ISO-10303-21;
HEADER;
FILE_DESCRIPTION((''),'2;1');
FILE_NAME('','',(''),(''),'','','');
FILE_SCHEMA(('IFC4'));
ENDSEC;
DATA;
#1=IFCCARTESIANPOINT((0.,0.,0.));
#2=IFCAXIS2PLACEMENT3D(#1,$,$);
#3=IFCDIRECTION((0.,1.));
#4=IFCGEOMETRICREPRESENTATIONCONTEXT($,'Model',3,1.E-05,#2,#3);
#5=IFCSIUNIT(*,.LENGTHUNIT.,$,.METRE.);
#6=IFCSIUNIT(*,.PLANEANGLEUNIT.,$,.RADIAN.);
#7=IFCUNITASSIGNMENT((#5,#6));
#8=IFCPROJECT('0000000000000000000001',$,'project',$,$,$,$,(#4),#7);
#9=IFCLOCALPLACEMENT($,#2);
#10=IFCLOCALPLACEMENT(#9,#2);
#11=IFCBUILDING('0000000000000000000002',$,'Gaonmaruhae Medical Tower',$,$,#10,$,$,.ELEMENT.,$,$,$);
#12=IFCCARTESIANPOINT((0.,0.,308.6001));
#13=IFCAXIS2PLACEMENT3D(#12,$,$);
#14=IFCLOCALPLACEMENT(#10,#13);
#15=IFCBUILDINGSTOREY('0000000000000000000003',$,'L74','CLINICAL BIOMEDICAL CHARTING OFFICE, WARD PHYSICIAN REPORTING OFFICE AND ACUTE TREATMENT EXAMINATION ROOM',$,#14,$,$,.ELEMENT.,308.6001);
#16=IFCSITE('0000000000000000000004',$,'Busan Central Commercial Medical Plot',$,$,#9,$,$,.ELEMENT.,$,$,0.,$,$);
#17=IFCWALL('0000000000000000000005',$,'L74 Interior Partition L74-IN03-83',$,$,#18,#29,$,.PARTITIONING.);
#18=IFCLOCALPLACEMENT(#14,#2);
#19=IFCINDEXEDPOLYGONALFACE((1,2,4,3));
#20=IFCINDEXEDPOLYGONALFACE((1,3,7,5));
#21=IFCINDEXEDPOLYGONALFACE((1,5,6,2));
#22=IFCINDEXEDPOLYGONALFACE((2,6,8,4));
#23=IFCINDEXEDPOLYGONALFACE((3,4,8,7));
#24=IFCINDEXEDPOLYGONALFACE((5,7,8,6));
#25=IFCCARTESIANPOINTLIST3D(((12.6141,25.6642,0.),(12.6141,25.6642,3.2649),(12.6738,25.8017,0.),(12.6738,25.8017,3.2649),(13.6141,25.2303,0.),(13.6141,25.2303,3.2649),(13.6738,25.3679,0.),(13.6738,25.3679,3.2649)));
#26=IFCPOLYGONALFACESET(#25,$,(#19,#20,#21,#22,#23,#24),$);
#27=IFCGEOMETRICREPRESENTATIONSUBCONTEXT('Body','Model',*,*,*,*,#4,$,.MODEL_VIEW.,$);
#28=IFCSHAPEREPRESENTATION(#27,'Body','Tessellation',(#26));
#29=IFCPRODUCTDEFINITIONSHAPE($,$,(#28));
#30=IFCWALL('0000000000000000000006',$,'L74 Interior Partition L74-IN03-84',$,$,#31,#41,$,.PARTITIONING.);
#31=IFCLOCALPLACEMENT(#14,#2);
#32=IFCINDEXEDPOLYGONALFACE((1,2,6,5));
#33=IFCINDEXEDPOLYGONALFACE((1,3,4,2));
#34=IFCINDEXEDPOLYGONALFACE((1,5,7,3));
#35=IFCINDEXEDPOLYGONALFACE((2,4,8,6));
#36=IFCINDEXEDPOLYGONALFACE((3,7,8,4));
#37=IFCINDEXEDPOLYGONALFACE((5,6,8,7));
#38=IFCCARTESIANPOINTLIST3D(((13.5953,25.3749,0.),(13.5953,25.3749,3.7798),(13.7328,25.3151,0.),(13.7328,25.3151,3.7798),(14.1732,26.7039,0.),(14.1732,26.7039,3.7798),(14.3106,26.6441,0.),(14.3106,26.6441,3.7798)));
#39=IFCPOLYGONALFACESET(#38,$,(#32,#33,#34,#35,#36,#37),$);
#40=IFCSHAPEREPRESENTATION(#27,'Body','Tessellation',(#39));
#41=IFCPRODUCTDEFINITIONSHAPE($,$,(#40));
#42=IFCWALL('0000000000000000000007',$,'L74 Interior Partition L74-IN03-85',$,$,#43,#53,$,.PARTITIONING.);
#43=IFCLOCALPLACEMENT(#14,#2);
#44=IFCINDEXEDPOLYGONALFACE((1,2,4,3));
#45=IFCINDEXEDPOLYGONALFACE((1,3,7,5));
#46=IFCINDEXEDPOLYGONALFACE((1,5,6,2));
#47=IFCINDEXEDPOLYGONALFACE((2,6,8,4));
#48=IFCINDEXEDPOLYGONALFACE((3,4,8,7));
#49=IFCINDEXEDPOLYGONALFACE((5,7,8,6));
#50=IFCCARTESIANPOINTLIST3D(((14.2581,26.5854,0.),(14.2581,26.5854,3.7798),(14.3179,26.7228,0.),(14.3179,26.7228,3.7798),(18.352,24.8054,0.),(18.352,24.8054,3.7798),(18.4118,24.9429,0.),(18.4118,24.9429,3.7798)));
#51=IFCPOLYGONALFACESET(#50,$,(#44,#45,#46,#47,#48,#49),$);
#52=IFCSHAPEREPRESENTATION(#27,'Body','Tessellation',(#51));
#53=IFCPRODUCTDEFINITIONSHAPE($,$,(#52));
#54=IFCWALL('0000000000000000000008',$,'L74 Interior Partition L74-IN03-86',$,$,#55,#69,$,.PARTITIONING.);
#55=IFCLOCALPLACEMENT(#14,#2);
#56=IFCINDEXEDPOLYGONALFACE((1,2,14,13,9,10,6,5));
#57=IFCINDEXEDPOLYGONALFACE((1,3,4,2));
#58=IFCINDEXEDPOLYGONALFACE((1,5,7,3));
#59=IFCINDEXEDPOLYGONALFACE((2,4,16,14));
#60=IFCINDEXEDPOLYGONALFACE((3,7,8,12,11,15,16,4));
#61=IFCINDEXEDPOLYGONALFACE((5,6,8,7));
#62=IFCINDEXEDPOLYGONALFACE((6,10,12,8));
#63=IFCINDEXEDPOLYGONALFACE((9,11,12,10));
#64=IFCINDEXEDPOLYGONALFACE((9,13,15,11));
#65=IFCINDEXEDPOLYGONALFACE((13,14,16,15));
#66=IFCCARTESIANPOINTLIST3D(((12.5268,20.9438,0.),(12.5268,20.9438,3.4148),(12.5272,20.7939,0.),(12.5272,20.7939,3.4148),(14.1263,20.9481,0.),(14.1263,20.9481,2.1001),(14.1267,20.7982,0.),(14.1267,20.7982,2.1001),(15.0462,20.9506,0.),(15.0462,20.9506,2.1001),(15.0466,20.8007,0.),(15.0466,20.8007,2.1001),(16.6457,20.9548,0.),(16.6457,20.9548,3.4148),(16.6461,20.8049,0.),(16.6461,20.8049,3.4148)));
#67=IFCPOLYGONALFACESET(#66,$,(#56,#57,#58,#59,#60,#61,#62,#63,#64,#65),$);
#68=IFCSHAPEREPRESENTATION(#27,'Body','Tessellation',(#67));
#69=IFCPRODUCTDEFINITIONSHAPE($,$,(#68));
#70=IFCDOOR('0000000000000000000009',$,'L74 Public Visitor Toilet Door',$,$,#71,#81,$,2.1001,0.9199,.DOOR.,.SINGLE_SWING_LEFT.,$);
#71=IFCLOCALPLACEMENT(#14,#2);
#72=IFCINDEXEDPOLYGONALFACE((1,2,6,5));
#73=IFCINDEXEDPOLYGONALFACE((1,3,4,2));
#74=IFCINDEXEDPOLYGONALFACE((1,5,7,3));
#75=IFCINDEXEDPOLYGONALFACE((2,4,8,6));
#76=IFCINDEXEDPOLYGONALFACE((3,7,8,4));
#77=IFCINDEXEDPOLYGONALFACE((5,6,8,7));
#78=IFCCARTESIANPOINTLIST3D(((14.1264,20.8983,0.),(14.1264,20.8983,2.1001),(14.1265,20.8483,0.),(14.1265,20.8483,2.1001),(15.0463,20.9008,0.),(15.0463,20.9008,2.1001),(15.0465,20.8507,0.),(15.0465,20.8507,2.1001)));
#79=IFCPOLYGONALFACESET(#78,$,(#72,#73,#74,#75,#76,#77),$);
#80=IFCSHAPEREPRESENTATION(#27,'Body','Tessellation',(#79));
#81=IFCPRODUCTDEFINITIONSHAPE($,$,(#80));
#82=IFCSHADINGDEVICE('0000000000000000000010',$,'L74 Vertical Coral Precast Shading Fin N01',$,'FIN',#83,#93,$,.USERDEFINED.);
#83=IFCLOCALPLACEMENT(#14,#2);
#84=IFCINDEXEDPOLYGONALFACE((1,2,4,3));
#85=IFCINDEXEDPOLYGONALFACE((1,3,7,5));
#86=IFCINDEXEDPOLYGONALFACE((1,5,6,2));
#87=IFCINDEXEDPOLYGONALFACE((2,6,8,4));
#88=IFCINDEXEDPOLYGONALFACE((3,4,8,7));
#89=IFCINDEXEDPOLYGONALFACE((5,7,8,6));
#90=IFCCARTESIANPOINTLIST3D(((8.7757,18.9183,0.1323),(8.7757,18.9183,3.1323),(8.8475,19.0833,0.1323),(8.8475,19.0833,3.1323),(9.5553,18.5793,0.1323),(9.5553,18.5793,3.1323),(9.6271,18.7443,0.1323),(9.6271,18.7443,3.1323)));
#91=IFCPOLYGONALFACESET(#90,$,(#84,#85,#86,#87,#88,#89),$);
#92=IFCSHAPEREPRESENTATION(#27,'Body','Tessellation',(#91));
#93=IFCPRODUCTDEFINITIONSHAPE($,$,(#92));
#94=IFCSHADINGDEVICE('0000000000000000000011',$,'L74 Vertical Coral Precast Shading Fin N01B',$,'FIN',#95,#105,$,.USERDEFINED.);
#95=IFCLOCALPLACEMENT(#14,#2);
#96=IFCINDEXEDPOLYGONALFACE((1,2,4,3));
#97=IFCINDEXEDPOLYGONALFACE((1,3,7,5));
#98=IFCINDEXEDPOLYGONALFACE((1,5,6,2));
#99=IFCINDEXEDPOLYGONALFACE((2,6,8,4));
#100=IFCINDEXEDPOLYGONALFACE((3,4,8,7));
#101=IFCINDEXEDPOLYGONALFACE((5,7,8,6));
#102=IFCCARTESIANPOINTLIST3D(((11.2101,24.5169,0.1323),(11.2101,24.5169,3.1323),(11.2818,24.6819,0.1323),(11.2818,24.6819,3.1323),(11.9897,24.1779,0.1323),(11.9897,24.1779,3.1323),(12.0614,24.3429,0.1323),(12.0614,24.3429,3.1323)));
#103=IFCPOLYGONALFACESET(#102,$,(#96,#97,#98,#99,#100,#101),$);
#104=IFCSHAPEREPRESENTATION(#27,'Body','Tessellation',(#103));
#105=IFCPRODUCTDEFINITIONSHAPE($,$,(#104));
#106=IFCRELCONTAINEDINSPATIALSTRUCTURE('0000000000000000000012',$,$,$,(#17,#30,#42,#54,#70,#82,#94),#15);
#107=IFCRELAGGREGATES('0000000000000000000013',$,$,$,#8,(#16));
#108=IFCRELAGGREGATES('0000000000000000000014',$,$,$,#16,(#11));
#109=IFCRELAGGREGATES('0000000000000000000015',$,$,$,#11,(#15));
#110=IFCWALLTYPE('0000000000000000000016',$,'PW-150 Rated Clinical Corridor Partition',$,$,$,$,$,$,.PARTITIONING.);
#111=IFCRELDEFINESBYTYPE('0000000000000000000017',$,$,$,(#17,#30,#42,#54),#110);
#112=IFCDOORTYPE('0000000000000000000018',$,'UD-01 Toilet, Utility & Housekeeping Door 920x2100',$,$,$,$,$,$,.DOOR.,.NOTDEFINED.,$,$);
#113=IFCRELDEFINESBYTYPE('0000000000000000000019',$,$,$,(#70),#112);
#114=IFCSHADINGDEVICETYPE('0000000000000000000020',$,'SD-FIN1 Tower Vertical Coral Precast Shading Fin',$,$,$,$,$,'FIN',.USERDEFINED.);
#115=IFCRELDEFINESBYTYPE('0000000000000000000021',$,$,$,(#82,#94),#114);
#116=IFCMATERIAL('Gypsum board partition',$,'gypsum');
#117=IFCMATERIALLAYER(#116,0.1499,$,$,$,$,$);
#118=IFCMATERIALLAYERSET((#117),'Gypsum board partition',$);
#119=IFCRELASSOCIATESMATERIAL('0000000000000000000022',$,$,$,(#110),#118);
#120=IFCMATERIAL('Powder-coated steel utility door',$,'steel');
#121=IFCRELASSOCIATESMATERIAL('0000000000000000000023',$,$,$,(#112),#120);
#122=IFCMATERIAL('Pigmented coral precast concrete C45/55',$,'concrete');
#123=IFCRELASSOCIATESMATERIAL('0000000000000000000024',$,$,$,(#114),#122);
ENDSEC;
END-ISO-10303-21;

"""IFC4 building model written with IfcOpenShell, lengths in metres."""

from ifc_helpers import new_model, si_unit, direction, frame, frame_2d, origin, origin_2d, place, context, subcontext, project, spatial, rectangle, extrude, material, layer, layer_set, type_object, element, fill, save


model = new_model("IFC4")

# Units and contexts
model_context = context("Model", 3, precision=1e-05, world=origin(), true_north=direction((0.0, 1.0)))
body_context = subcontext(model_context, "Body", "Model", "MODEL_VIEW")
ifc_project = project(units=[si_unit("LENGTHUNIT", "METRE"), si_unit("PLANEANGLEUNIT", "RADIAN")], contexts=[model_context])

# Site, building, storey
site_placement = place(None, origin())
site = spatial("IfcSite", under=ifc_project, at=site_placement, Name="Busan Central Commercial Medical Plot", CompositionType="ELEMENT", RefElevation=0.0)
building_placement = place(site_placement, origin())
building = spatial("IfcBuilding", under=site, at=building_placement, Name="Gaonmaruhae Medical Tower", CompositionType="ELEMENT")
storey_placement = place(building_placement, frame((0.0, 0.0, 308.6001)))
storey = spatial("IfcBuildingStorey", under=building, at=storey_placement, Name="L74", Description="CLINICAL BIOMEDICAL CHARTING OFFICE, WARD PHYSICIAN REPORTING OFFICE AND ACUTE TREATMENT EXAMINATION ROOM", CompositionType="ELEMENT", Elevation=308.6001)

# Walls
ifc_material_1 = material(Name="Gypsum board partition", Category="gypsum")
ifc_layer_1 = layer(ifc_material_1, 0.1499)
ifc_layer_set_1 = layer_set([ifc_layer_1], Name="Gypsum board partition")
wall_type_1 = type_object("IfcWallType", Name="PW-150 Rated Clinical Corridor Partition", PredefinedType="PARTITIONING", material=ifc_layer_set_1)
wall_1_placement = place(storey_placement, frame((12.644, 25.7329, 0.0), z_axis=(0.0, 0.0, 1.0), x_axis=(0.917387, -0.397997, 0.0)))
element("IfcWall", 1, at=wall_1_placement, inside=storey, type_object=wall_type_1, Name="L74 Interior Partition L74-IN03-83", PredefinedType="PARTITIONING", context=body_context, shape_type="SweptSolid", body=[
    extrude(rectangle(XDim=1.0901, YDim=0.1499, at=frame_2d((0.5449, 0.0))), origin(), (0.0, 0.0, 1.0), 3.2649),
])
wall_2_placement = place(storey_placement, frame((13.6641, 25.345, 0.0), z_axis=(0.0, 0.0, 1.0), x_axis=(0.398732, 0.917067, 0.0)))
element("IfcWall", 2, at=wall_2_placement, inside=storey, type_object=wall_type_1, Name="L74 Interior Partition L74-IN03-84", PredefinedType="PARTITIONING", context=body_context, shape_type="SweptSolid", body=[
    extrude(rectangle(XDim=1.4492, YDim=0.1499, at=frame_2d((0.7246, 0.0))), origin(), (0.0, 0.0, 1.0), 3.7798),
])
wall_3_placement = place(storey_placement, frame((14.2881, 26.6541, 0.0), z_axis=(0.0, 0.0, 1.0), x_axis=(0.917067, -0.398732, 0.0)))
element("IfcWall", 3, at=wall_3_placement, inside=storey, type_object=wall_type_1, Name="L74 Interior Partition L74-IN03-85", PredefinedType="PARTITIONING", context=body_context, shape_type="SweptSolid", body=[
    extrude(rectangle(XDim=4.4641, YDim=0.1499, at=frame_2d((2.2319, 0.0))), origin(), (0.0, 0.0, 1.0), 3.7798),
])

# Wall, opening, door
wall_4_placement = place(storey_placement, frame((16.646, 20.8799, 0.0), z_axis=(0.0, 0.0, 1.0), x_axis=(-0.999996, -0.002667, 0.0)))
wall_4 = element("IfcWall", 4, at=wall_4_placement, inside=storey, type_object=wall_type_1, Name="L74 Interior Partition L74-IN03-86", PredefinedType="PARTITIONING", context=body_context, shape_type="SweptSolid", body=[
    extrude(rectangle(XDim=4.1189, YDim=0.1499, at=frame_2d((2.0596, 0.0))), origin(), (0.0, 0.0, 1.0), 3.4148),
])
opening_1_placement = place(wall_4_placement, frame((1.5996, 0.0, 0.0)))
opening_1 = element("IfcOpeningElement", 5, at=opening_1_placement, cuts=wall_4, PredefinedType="OPENING", context=body_context, shape_type="SweptSolid", body=[
    extrude(rectangle(XDim=0.9199, YDim=2.1001, at=frame_2d((0.46, 1.05))), frame((0.0, 0.085, 0.0), z_axis=(0.0, -1.0, 0.0), x_axis=(1.0, 0.0, 0.0)), (0.0, 0.0, 1.0), 0.1699),
])
ifc_material_2 = material(Name="Powder-coated steel utility door", Category="steel")
door_type = type_object("IfcDoorType", Name="UD-01 Toilet, Utility & Housekeeping Door 920x2100", OperationType="NOTDEFINED", PredefinedType="DOOR", material=ifc_material_2)
door_placement = place(opening_1_placement, origin())
door = element("IfcDoor", 6, at=door_placement, inside=storey, type_object=door_type, Name="L74 Public Visitor Toilet Door", OperationType="SINGLE_SWING_LEFT", OverallHeight=2.1001, OverallWidth=0.9199, PredefinedType="DOOR", context=body_context, shape_type="SweptSolid", body=[
    extrude(rectangle(XDim=0.9199, YDim=2.1001, at=frame_2d((0.46, 1.05))), frame((0.0, 0.0249, 0.0), z_axis=(0.0, -1.0, 0.0), x_axis=(1.0, 0.0, 0.0)), (0.0, 0.0, 1.0), 0.05),
])
fill(opening_1, door)

# Shading devices
ifc_material_3 = material(Name="Pigmented coral precast concrete C45/55", Category="concrete")
shading_device_type = type_object("IfcShadingDeviceType", Name="SD-FIN1 Tower Vertical Coral Precast Shading Fin", ElementType="FIN", PredefinedType="USERDEFINED", material=ifc_material_3)
for number, where, z_axis, x_axis, name in (
    (7, (9.2014, 18.8313, 0.1323), (0.0, 0.0, 1.0), (0.398749, 0.91706, 0.0), "L74 Vertical Coral Precast Shading Fin N01"),
    (8, (11.6357, 24.4299, 0.1323), (0.0, 0.0, 1.0), (0.398749, 0.91706, 0.0), "L74 Vertical Coral Precast Shading Fin N01B"),
):
    element("IfcShadingDevice", number, at=place(storey_placement, frame(where, z_axis=z_axis, x_axis=x_axis)), inside=storey, type_object=shading_device_type, Name=name, ObjectType="FIN", PredefinedType="USERDEFINED", context=body_context, shape_type="SweptSolid", body=[
        extrude(rectangle(XDim=0.1799, YDim=0.8501, at=origin_2d()), origin(), (0.0, 0.0, 1.0), 3.0),
    ])

save(model, "model.ifc")
